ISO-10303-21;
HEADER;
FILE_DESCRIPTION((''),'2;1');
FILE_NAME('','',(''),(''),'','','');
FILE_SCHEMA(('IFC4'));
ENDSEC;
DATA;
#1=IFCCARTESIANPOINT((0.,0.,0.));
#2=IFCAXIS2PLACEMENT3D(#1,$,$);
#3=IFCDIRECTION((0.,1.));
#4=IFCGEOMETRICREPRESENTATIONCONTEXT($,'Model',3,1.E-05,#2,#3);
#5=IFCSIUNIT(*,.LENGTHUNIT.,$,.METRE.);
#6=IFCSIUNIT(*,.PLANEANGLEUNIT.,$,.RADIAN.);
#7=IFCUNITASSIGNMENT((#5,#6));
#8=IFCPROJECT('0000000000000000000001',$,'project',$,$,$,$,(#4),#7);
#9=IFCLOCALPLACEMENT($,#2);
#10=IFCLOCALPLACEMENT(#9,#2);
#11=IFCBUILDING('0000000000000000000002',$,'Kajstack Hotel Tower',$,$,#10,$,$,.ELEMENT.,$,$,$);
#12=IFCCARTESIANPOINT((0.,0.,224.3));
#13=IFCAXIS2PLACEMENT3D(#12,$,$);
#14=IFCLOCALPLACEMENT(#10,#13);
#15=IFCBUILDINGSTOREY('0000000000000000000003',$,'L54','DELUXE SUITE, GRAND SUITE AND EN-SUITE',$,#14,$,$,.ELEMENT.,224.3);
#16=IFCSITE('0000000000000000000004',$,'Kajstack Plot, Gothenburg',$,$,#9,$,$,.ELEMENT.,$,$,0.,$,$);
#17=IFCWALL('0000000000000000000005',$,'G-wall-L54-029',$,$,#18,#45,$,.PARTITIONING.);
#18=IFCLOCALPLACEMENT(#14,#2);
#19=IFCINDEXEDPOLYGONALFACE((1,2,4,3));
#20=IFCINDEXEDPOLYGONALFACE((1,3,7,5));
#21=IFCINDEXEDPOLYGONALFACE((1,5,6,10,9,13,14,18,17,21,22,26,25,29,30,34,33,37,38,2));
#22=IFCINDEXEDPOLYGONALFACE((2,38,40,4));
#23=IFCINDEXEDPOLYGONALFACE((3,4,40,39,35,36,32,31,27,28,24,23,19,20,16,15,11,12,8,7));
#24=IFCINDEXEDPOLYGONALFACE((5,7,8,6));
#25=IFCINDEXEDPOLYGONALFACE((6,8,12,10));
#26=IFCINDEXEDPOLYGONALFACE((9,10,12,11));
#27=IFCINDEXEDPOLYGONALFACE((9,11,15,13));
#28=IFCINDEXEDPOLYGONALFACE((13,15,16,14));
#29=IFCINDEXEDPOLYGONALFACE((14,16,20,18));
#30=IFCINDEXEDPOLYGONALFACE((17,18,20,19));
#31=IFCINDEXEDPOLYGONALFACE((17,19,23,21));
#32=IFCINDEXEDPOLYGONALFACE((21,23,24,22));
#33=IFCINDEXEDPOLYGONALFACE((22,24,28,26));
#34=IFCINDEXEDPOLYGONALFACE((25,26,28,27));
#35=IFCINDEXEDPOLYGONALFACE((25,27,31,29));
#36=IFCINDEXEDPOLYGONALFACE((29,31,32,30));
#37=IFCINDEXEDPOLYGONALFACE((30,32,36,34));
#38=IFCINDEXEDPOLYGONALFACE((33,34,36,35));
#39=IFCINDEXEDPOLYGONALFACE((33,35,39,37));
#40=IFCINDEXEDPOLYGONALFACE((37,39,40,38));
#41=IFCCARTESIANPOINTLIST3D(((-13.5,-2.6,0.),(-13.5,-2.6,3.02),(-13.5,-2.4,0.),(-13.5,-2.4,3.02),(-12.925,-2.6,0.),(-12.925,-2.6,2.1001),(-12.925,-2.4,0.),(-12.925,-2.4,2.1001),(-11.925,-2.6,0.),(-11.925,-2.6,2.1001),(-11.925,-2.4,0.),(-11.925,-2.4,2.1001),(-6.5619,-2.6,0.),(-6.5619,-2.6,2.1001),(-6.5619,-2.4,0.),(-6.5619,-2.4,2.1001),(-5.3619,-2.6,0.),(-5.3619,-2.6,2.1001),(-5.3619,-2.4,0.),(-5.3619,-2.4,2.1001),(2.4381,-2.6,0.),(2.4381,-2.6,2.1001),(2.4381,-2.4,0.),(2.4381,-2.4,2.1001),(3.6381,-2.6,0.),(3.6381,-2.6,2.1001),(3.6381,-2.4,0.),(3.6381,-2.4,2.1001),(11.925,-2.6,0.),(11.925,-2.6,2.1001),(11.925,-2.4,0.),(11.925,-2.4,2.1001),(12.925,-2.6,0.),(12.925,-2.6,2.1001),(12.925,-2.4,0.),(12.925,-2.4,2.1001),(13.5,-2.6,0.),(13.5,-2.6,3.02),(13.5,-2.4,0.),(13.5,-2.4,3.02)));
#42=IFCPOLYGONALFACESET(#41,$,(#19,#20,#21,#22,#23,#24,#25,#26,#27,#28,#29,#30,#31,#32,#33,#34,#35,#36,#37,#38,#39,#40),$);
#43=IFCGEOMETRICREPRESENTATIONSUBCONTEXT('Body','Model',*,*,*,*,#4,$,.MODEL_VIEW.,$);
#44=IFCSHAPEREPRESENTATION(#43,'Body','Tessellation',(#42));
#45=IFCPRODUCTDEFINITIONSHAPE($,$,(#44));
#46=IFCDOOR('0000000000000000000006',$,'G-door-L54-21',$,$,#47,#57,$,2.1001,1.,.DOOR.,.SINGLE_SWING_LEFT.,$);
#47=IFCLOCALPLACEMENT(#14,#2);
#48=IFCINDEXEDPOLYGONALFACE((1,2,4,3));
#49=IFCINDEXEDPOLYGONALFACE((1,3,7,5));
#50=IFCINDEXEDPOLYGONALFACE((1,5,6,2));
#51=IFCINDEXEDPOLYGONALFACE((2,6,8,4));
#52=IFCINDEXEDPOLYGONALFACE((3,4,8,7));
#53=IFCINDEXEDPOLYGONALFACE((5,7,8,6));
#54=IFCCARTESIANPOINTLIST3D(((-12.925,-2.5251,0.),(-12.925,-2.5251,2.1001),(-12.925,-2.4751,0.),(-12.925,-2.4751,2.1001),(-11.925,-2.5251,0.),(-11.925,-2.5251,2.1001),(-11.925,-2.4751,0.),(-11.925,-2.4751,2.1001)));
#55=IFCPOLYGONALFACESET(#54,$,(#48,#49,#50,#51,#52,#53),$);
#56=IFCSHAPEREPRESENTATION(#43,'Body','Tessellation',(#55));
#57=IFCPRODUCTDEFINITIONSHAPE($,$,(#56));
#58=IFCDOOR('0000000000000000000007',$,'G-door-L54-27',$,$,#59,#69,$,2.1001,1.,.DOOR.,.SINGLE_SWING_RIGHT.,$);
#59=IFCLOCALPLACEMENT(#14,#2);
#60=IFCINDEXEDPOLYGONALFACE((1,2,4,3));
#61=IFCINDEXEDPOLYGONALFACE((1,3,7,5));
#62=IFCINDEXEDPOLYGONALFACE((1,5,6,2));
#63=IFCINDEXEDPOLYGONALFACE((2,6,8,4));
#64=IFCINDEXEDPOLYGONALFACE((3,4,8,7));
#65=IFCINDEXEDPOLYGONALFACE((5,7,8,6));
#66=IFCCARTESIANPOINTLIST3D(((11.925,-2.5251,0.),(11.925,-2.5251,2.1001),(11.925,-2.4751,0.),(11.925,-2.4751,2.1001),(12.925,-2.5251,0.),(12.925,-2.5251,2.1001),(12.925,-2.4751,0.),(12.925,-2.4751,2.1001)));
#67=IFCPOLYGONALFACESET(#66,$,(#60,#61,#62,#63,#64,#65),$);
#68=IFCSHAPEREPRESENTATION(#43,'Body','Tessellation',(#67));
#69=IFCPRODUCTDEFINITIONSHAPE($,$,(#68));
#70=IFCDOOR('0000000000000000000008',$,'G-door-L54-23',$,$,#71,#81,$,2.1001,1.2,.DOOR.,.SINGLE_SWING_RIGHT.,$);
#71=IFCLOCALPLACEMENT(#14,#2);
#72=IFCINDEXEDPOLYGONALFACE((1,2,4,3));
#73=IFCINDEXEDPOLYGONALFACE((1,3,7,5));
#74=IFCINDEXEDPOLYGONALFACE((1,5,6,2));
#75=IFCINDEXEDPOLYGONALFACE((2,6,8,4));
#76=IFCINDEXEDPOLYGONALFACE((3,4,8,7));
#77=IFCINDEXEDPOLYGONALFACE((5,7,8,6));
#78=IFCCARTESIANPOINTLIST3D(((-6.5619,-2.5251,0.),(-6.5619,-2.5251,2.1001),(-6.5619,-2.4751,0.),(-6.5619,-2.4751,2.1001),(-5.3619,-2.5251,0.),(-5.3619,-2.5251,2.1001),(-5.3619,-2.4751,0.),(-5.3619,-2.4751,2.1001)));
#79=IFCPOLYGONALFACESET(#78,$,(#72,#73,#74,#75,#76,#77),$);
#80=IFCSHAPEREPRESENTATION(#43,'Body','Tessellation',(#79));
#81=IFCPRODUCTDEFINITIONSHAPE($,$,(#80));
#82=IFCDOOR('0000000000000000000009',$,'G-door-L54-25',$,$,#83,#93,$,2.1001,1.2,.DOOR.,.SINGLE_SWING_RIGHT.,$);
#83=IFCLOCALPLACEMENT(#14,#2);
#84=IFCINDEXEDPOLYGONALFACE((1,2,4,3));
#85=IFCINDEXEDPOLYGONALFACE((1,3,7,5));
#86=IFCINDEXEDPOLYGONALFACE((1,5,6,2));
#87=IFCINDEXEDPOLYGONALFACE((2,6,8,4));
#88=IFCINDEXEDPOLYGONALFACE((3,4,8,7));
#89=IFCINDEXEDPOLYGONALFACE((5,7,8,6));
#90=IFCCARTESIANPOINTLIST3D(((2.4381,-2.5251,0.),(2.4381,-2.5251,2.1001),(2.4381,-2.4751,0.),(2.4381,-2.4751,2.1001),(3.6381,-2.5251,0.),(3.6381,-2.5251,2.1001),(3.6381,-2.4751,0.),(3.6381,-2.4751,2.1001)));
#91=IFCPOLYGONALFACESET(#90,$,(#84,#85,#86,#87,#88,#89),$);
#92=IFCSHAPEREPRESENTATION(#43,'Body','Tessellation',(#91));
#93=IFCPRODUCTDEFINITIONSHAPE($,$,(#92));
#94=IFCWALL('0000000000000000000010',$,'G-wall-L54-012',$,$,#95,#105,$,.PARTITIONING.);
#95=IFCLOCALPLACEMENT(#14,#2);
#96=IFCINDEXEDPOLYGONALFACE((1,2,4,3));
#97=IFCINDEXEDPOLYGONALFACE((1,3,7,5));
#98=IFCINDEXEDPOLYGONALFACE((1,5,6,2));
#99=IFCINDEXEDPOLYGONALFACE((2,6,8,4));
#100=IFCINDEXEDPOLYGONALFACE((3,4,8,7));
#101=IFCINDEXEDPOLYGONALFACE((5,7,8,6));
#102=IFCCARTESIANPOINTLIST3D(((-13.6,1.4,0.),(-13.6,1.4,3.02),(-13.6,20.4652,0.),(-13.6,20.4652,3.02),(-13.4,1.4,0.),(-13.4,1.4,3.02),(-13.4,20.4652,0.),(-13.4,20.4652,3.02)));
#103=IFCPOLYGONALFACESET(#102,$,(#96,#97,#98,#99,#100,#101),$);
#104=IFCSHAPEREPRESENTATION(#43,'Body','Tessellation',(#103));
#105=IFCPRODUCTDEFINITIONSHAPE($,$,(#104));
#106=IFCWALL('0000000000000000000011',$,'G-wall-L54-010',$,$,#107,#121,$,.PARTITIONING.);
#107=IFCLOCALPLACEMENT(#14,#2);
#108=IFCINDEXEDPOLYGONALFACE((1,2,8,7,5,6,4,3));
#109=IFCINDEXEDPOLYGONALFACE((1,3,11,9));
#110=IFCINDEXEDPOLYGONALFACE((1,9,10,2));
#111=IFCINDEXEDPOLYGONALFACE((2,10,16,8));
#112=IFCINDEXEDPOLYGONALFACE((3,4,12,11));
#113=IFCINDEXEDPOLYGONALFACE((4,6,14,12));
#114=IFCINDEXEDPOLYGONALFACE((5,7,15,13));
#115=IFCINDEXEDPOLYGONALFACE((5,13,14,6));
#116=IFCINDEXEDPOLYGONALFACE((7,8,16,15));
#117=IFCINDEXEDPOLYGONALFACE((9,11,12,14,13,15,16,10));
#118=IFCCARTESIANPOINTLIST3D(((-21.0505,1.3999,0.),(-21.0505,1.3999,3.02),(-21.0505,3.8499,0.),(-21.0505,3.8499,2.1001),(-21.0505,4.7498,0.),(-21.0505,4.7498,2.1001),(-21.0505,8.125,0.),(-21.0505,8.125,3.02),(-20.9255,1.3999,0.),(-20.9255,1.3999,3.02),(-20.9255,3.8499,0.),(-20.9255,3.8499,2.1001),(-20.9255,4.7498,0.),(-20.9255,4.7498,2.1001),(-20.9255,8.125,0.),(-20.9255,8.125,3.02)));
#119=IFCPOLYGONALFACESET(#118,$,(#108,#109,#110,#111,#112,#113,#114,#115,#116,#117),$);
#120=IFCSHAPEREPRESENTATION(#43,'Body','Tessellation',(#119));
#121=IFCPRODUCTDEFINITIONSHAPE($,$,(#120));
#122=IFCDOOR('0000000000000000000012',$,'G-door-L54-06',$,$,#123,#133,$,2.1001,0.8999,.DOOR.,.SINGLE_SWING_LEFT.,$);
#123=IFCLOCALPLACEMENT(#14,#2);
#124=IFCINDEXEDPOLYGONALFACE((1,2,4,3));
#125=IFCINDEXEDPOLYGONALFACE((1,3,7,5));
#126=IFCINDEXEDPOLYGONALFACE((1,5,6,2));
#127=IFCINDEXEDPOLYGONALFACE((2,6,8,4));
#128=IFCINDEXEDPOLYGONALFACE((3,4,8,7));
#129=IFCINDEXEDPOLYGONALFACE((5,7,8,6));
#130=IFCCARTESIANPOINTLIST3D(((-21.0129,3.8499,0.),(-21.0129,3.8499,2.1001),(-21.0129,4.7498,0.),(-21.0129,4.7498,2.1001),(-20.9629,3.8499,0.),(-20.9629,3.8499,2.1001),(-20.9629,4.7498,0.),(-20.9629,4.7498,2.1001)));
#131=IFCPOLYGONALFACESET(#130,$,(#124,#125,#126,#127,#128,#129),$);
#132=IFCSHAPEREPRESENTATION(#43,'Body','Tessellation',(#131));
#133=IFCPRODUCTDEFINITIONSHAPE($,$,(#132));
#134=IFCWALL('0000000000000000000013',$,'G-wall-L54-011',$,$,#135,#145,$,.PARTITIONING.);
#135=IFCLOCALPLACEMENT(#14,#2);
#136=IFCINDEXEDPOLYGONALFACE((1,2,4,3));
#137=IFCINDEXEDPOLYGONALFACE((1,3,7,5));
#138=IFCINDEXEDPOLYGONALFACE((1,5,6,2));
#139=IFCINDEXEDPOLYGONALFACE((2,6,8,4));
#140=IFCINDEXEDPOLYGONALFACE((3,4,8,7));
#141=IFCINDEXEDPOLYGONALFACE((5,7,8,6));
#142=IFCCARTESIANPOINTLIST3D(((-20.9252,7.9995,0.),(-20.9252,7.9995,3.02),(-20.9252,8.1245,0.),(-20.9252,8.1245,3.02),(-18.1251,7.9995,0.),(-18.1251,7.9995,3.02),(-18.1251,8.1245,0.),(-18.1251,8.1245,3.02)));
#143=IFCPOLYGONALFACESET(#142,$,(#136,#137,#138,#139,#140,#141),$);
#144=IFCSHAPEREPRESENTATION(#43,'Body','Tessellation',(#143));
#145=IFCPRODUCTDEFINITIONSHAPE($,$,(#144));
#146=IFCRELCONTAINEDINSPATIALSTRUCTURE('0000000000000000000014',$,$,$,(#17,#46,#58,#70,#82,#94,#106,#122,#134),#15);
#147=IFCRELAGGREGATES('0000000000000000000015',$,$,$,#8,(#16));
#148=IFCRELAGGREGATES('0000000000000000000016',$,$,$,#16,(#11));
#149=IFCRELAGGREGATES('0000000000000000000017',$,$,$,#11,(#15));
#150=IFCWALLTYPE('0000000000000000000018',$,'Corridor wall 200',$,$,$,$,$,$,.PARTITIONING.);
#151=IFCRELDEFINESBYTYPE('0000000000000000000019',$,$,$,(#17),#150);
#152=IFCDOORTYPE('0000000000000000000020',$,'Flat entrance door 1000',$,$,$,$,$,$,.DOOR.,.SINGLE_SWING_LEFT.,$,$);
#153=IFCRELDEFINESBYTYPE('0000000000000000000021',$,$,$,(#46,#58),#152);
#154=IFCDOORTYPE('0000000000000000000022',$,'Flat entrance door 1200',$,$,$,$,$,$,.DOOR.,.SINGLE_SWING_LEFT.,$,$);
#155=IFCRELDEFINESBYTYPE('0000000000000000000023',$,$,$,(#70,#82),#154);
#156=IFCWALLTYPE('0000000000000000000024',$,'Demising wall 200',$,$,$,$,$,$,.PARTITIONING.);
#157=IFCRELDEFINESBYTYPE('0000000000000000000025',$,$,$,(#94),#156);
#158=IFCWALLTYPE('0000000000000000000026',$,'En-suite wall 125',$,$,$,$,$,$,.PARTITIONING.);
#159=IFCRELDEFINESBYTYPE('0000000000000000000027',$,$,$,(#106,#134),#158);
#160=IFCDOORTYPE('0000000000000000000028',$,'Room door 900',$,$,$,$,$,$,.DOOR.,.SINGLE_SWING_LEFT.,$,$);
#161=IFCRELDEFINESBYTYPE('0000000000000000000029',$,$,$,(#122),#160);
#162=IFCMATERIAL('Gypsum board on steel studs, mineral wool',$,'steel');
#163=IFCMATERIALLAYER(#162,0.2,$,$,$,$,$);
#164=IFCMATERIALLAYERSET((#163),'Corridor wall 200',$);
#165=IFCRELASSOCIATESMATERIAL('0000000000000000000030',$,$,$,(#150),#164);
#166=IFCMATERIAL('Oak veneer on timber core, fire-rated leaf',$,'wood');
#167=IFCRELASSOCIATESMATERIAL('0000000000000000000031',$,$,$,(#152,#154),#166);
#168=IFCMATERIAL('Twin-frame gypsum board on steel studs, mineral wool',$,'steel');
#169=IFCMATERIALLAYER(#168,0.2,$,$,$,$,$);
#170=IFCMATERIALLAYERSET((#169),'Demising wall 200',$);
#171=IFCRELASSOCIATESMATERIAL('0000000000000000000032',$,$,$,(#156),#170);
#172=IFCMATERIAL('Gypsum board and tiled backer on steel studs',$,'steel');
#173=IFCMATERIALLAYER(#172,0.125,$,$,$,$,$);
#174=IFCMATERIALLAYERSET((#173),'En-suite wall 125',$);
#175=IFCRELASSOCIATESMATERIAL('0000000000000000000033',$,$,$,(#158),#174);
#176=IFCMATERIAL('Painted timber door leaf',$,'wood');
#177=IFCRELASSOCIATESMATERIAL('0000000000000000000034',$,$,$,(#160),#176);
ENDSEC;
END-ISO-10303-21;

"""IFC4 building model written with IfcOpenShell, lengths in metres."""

from ifc_helpers import new_model, si_unit, direction, frame, frame_2d, origin, place, context, subcontext, project, spatial, rectangle, extrude, material, layer, layer_set, type_object, element, fill, save


model = new_model("IFC4")

# Units and contexts
model_context = context("Model", 3, precision=1e-05, world=origin(), true_north=direction((0.0, 1.0)))
body_context = subcontext(model_context, "Body", "Model", "MODEL_VIEW")
ifc_project = project(units=[si_unit("LENGTHUNIT", "METRE"), si_unit("PLANEANGLEUNIT", "RADIAN")], contexts=[model_context])

# Site, building, storey
site_placement = place(None, origin())
site = spatial("IfcSite", under=ifc_project, at=site_placement, Name="Kajstack Plot, Gothenburg", CompositionType="ELEMENT", RefElevation=0.0)
building_placement = place(site_placement, origin())
building = spatial("IfcBuilding", under=site, at=building_placement, Name="Kajstack Hotel Tower", CompositionType="ELEMENT")
storey_placement = place(building_placement, frame((0.0, 0.0, 224.3)))
storey = spatial("IfcBuildingStorey", under=building, at=storey_placement, Name="L54", Description="DELUXE SUITE, GRAND SUITE AND EN-SUITE", CompositionType="ELEMENT", Elevation=224.3)

# Wall, openings, doors
ifc_material_1 = material(Name="Gypsum board on steel studs, mineral wool", Category="steel")
ifc_layer_1 = layer(ifc_material_1, 0.2)
ifc_layer_set_1 = layer_set([ifc_layer_1], Name="Corridor wall 200")
wall_type_1 = type_object("IfcWallType", Name="Corridor wall 200", PredefinedType="PARTITIONING", material=ifc_layer_set_1)
ifc_material_2 = material(Name="Oak veneer on timber core, fire-rated leaf", Category="wood")
door_type_1 = type_object("IfcDoorType", Name="Flat entrance door 1000", OperationType="SINGLE_SWING_LEFT", PredefinedType="DOOR", material=ifc_material_2)
wall_1_placement = place(storey_placement, frame((-13.5, -2.5, 0.0), z_axis=(0.0, 0.0, 1.0), x_axis=(1.0, 0.0, 0.0)))
wall_1 = element("IfcWall", 1, at=wall_1_placement, inside=storey, type_object=wall_type_1, Name="G-wall-L54-029", PredefinedType="PARTITIONING", context=body_context, shape_type="SweptSolid", body=[
    extrude(rectangle(XDim=27.0, YDim=0.2, at=frame_2d((13.5, 0.0))), origin(), (0.0, 0.0, 1.0), 3.02),
])
opening_1_placement = place(wall_1_placement, frame((0.575, 0.0, 0.0)))
opening_1 = element("IfcOpeningElement", 2, at=opening_1_placement, cuts=wall_1, PredefinedType="OPENING", context=body_context, shape_type="SweptSolid", body=[
    extrude(rectangle(XDim=1.0, YDim=2.1001, at=frame_2d((0.5, 1.05))), frame((0.0, 0.1099, 0.0), z_axis=(0.0, -1.0, 0.0), x_axis=(1.0, 0.0, 0.0)), (0.0, 0.0, 1.0), 0.22),
])
opening_2_placement = place(wall_1_placement, frame((6.938, 0.0, 0.0)))
opening_2 = element("IfcOpeningElement", 3, at=opening_2_placement, cuts=wall_1, PredefinedType="OPENING", context=body_context, shape_type="SweptSolid", body=[
    extrude(rectangle(XDim=1.2, YDim=2.1001, at=frame_2d((0.6001, 1.05))), frame((0.0, 0.1099, 0.0), z_axis=(0.0, -1.0, 0.0), x_axis=(1.0, 0.0, 0.0)), (0.0, 0.0, 1.0), 0.22),
])
opening_3_placement = place(wall_1_placement, frame((15.938, 0.0, 0.0)))
opening_3 = element("IfcOpeningElement", 4, at=opening_3_placement, cuts=wall_1, PredefinedType="OPENING", context=body_context, shape_type="SweptSolid", body=[
    extrude(rectangle(XDim=1.2, YDim=2.1001, at=frame_2d((0.6001, 1.05))), frame((0.0, 0.1099, 0.0), z_axis=(0.0, -1.0, 0.0), x_axis=(1.0, 0.0, 0.0)), (0.0, 0.0, 1.0), 0.22),
])
opening_4_placement = place(wall_1_placement, frame((25.425, 0.0, 0.0)))
opening_4 = element("IfcOpeningElement", 5, at=opening_4_placement, cuts=wall_1, PredefinedType="OPENING", context=body_context, shape_type="SweptSolid", body=[
    extrude(rectangle(XDim=1.0, YDim=2.1001, at=frame_2d((0.5, 1.05))), frame((0.0, 0.1099, 0.0), z_axis=(0.0, -1.0, 0.0), x_axis=(1.0, 0.0, 0.0)), (0.0, 0.0, 1.0), 0.22),
])
door_1_placement = place(opening_1_placement, origin())
door_1 = element("IfcDoor", 6, at=door_1_placement, inside=storey, type_object=door_type_1, Name="G-door-L54-21", OperationType="SINGLE_SWING_LEFT", OverallHeight=2.1001, OverallWidth=1.0, PredefinedType="DOOR", context=body_context, shape_type="SweptSolid", body=[
    extrude(rectangle(XDim=1.0, YDim=2.1001, at=frame_2d((0.5, 1.05))), frame((0.0, 0.0249, 0.0), z_axis=(0.0, -1.0, 0.0), x_axis=(1.0, 0.0, 0.0)), (0.0, 0.0, 1.0), 0.05),
])
fill(opening_1, door_1)
door_2_placement = place(opening_4_placement, origin())
door_2 = element("IfcDoor", 7, at=door_2_placement, inside=storey, type_object=door_type_1, Name="G-door-L54-27", OperationType="SINGLE_SWING_RIGHT", OverallHeight=2.1001, OverallWidth=1.0, PredefinedType="DOOR", context=body_context, shape_type="SweptSolid", body=[
    extrude(rectangle(XDim=1.0, YDim=2.1001, at=frame_2d((0.5, 1.05))), frame((0.0, 0.0249, 0.0), z_axis=(0.0, -1.0, 0.0), x_axis=(1.0, 0.0, 0.0)), (0.0, 0.0, 1.0), 0.05),
])
fill(opening_4, door_2)
door_type_2 = type_object("IfcDoorType", Name="Flat entrance door 1200", OperationType="SINGLE_SWING_LEFT", PredefinedType="DOOR", material=ifc_material_2)
door_3_placement = place(opening_2_placement, origin())
door_3 = element("IfcDoor", 8, at=door_3_placement, inside=storey, type_object=door_type_2, Name="G-door-L54-23", OperationType="SINGLE_SWING_RIGHT", OverallHeight=2.1001, OverallWidth=1.2, PredefinedType="DOOR", context=body_context, shape_type="SweptSolid", body=[
    extrude(rectangle(XDim=1.2, YDim=2.1001, at=frame_2d((0.6001, 1.05))), frame((0.0, 0.0249, 0.0), z_axis=(0.0, -1.0, 0.0), x_axis=(1.0, 0.0, 0.0)), (0.0, 0.0, 1.0), 0.05),
])
fill(opening_2, door_3)
door_4_placement = place(opening_3_placement, origin())
door_4 = element("IfcDoor", 9, at=door_4_placement, inside=storey, type_object=door_type_2, Name="G-door-L54-25", OperationType="SINGLE_SWING_RIGHT", OverallHeight=2.1001, OverallWidth=1.2, PredefinedType="DOOR", context=body_context, shape_type="SweptSolid", body=[
    extrude(rectangle(XDim=1.2, YDim=2.1001, at=frame_2d((0.6001, 1.05))), frame((0.0, 0.0249, 0.0), z_axis=(0.0, -1.0, 0.0), x_axis=(1.0, 0.0, 0.0)), (0.0, 0.0, 1.0), 0.05),
])
fill(opening_3, door_4)

# Wall
ifc_material_3 = material(Name="Twin-frame gypsum board on steel studs, mineral wool", Category="steel")
ifc_layer_2 = layer(ifc_material_3, 0.2)
ifc_layer_set_2 = layer_set([ifc_layer_2], Name="Demising wall 200")
wall_type_2 = type_object("IfcWallType", Name="Demising wall 200", PredefinedType="PARTITIONING", material=ifc_layer_set_2)
wall_2_placement = place(storey_placement, frame((-13.5, 1.3999, 0.0), z_axis=(0.0, 0.0, 1.0), x_axis=(0.0, 1.0, 0.0)))
element("IfcWall", 10, at=wall_2_placement, inside=storey, type_object=wall_type_2, Name="G-wall-L54-012", PredefinedType="PARTITIONING", context=body_context, shape_type="SweptSolid", body=[
    extrude(rectangle(XDim=19.0652, YDim=0.2, at=frame_2d((9.5327, 0.0))), origin(), (0.0, 0.0, 1.0), 3.02),
])

# Wall, opening, door
ifc_material_4 = material(Name="Gypsum board and tiled backer on steel studs", Category="steel")
ifc_layer_3 = layer(ifc_material_4, 0.125)
ifc_layer_set_3 = layer_set([ifc_layer_3], Name="En-suite wall 125")
wall_type_3 = type_object("IfcWallType", Name="En-suite wall 125", PredefinedType="PARTITIONING", material=ifc_layer_set_3)
wall_3_placement = place(storey_placement, frame((-20.988, 1.3999, 0.0), z_axis=(0.0, 0.0, 1.0), x_axis=(0.0, 1.0, 0.0)))
wall_3 = element("IfcWall", 11, at=wall_3_placement, inside=storey, type_object=wall_type_3, Name="G-wall-L54-010", PredefinedType="PARTITIONING", context=body_context, shape_type="SweptSolid", body=[
    extrude(rectangle(XDim=6.7251, YDim=0.125, at=frame_2d((3.3625, 0.0))), origin(), (0.0, 0.0, 1.0), 3.02),
])
opening_5_placement = place(wall_3_placement, frame((2.45, 0.0, 0.0)))
opening_5 = element("IfcOpeningElement", 12, at=opening_5_placement, cuts=wall_3, PredefinedType="OPENING", context=body_context, shape_type="SweptSolid", body=[
    extrude(rectangle(XDim=0.8999, YDim=2.1001, at=frame_2d((0.45, 1.05))), frame((0.0, 0.0725, 0.0), z_axis=(0.0, -1.0, 0.0), x_axis=(1.0, 0.0, 0.0)), (0.0, 0.0, 1.0), 0.145),
])
ifc_material_5 = material(Name="Painted timber door leaf", Category="wood")
door_type_3 = type_object("IfcDoorType", Name="Room door 900", OperationType="SINGLE_SWING_LEFT", PredefinedType="DOOR", material=ifc_material_5)
door_5_placement = place(opening_5_placement, origin())
door_5 = element("IfcDoor", 13, at=door_5_placement, inside=storey, type_object=door_type_3, Name="G-door-L54-06", OperationType="SINGLE_SWING_LEFT", OverallHeight=2.1001, OverallWidth=0.8999, PredefinedType="DOOR", context=body_context, shape_type="SweptSolid", body=[
    extrude(rectangle(XDim=0.8999, YDim=2.1001, at=frame_2d((0.45, 1.05))), frame((0.0, 0.0249, 0.0), z_axis=(0.0, -1.0, 0.0), x_axis=(1.0, 0.0, 0.0)), (0.0, 0.0, 1.0), 0.05),
])
fill(opening_5, door_5)

# Wall
wall_4_placement = place(storey_placement, frame((-20.925, 8.062, 0.0), z_axis=(0.0, 0.0, 1.0), x_axis=(1.0, 0.0, 0.0)))
element("IfcWall", 14, at=wall_4_placement, inside=storey, type_object=wall_type_3, Name="G-wall-L54-011", PredefinedType="PARTITIONING", context=body_context, shape_type="SweptSolid", body=[
    extrude(rectangle(XDim=2.8, YDim=0.125, at=frame_2d((1.3999, 0.0))), origin(), (0.0, 0.0, 1.0), 3.02),
])

save(model, "model.ifc")
